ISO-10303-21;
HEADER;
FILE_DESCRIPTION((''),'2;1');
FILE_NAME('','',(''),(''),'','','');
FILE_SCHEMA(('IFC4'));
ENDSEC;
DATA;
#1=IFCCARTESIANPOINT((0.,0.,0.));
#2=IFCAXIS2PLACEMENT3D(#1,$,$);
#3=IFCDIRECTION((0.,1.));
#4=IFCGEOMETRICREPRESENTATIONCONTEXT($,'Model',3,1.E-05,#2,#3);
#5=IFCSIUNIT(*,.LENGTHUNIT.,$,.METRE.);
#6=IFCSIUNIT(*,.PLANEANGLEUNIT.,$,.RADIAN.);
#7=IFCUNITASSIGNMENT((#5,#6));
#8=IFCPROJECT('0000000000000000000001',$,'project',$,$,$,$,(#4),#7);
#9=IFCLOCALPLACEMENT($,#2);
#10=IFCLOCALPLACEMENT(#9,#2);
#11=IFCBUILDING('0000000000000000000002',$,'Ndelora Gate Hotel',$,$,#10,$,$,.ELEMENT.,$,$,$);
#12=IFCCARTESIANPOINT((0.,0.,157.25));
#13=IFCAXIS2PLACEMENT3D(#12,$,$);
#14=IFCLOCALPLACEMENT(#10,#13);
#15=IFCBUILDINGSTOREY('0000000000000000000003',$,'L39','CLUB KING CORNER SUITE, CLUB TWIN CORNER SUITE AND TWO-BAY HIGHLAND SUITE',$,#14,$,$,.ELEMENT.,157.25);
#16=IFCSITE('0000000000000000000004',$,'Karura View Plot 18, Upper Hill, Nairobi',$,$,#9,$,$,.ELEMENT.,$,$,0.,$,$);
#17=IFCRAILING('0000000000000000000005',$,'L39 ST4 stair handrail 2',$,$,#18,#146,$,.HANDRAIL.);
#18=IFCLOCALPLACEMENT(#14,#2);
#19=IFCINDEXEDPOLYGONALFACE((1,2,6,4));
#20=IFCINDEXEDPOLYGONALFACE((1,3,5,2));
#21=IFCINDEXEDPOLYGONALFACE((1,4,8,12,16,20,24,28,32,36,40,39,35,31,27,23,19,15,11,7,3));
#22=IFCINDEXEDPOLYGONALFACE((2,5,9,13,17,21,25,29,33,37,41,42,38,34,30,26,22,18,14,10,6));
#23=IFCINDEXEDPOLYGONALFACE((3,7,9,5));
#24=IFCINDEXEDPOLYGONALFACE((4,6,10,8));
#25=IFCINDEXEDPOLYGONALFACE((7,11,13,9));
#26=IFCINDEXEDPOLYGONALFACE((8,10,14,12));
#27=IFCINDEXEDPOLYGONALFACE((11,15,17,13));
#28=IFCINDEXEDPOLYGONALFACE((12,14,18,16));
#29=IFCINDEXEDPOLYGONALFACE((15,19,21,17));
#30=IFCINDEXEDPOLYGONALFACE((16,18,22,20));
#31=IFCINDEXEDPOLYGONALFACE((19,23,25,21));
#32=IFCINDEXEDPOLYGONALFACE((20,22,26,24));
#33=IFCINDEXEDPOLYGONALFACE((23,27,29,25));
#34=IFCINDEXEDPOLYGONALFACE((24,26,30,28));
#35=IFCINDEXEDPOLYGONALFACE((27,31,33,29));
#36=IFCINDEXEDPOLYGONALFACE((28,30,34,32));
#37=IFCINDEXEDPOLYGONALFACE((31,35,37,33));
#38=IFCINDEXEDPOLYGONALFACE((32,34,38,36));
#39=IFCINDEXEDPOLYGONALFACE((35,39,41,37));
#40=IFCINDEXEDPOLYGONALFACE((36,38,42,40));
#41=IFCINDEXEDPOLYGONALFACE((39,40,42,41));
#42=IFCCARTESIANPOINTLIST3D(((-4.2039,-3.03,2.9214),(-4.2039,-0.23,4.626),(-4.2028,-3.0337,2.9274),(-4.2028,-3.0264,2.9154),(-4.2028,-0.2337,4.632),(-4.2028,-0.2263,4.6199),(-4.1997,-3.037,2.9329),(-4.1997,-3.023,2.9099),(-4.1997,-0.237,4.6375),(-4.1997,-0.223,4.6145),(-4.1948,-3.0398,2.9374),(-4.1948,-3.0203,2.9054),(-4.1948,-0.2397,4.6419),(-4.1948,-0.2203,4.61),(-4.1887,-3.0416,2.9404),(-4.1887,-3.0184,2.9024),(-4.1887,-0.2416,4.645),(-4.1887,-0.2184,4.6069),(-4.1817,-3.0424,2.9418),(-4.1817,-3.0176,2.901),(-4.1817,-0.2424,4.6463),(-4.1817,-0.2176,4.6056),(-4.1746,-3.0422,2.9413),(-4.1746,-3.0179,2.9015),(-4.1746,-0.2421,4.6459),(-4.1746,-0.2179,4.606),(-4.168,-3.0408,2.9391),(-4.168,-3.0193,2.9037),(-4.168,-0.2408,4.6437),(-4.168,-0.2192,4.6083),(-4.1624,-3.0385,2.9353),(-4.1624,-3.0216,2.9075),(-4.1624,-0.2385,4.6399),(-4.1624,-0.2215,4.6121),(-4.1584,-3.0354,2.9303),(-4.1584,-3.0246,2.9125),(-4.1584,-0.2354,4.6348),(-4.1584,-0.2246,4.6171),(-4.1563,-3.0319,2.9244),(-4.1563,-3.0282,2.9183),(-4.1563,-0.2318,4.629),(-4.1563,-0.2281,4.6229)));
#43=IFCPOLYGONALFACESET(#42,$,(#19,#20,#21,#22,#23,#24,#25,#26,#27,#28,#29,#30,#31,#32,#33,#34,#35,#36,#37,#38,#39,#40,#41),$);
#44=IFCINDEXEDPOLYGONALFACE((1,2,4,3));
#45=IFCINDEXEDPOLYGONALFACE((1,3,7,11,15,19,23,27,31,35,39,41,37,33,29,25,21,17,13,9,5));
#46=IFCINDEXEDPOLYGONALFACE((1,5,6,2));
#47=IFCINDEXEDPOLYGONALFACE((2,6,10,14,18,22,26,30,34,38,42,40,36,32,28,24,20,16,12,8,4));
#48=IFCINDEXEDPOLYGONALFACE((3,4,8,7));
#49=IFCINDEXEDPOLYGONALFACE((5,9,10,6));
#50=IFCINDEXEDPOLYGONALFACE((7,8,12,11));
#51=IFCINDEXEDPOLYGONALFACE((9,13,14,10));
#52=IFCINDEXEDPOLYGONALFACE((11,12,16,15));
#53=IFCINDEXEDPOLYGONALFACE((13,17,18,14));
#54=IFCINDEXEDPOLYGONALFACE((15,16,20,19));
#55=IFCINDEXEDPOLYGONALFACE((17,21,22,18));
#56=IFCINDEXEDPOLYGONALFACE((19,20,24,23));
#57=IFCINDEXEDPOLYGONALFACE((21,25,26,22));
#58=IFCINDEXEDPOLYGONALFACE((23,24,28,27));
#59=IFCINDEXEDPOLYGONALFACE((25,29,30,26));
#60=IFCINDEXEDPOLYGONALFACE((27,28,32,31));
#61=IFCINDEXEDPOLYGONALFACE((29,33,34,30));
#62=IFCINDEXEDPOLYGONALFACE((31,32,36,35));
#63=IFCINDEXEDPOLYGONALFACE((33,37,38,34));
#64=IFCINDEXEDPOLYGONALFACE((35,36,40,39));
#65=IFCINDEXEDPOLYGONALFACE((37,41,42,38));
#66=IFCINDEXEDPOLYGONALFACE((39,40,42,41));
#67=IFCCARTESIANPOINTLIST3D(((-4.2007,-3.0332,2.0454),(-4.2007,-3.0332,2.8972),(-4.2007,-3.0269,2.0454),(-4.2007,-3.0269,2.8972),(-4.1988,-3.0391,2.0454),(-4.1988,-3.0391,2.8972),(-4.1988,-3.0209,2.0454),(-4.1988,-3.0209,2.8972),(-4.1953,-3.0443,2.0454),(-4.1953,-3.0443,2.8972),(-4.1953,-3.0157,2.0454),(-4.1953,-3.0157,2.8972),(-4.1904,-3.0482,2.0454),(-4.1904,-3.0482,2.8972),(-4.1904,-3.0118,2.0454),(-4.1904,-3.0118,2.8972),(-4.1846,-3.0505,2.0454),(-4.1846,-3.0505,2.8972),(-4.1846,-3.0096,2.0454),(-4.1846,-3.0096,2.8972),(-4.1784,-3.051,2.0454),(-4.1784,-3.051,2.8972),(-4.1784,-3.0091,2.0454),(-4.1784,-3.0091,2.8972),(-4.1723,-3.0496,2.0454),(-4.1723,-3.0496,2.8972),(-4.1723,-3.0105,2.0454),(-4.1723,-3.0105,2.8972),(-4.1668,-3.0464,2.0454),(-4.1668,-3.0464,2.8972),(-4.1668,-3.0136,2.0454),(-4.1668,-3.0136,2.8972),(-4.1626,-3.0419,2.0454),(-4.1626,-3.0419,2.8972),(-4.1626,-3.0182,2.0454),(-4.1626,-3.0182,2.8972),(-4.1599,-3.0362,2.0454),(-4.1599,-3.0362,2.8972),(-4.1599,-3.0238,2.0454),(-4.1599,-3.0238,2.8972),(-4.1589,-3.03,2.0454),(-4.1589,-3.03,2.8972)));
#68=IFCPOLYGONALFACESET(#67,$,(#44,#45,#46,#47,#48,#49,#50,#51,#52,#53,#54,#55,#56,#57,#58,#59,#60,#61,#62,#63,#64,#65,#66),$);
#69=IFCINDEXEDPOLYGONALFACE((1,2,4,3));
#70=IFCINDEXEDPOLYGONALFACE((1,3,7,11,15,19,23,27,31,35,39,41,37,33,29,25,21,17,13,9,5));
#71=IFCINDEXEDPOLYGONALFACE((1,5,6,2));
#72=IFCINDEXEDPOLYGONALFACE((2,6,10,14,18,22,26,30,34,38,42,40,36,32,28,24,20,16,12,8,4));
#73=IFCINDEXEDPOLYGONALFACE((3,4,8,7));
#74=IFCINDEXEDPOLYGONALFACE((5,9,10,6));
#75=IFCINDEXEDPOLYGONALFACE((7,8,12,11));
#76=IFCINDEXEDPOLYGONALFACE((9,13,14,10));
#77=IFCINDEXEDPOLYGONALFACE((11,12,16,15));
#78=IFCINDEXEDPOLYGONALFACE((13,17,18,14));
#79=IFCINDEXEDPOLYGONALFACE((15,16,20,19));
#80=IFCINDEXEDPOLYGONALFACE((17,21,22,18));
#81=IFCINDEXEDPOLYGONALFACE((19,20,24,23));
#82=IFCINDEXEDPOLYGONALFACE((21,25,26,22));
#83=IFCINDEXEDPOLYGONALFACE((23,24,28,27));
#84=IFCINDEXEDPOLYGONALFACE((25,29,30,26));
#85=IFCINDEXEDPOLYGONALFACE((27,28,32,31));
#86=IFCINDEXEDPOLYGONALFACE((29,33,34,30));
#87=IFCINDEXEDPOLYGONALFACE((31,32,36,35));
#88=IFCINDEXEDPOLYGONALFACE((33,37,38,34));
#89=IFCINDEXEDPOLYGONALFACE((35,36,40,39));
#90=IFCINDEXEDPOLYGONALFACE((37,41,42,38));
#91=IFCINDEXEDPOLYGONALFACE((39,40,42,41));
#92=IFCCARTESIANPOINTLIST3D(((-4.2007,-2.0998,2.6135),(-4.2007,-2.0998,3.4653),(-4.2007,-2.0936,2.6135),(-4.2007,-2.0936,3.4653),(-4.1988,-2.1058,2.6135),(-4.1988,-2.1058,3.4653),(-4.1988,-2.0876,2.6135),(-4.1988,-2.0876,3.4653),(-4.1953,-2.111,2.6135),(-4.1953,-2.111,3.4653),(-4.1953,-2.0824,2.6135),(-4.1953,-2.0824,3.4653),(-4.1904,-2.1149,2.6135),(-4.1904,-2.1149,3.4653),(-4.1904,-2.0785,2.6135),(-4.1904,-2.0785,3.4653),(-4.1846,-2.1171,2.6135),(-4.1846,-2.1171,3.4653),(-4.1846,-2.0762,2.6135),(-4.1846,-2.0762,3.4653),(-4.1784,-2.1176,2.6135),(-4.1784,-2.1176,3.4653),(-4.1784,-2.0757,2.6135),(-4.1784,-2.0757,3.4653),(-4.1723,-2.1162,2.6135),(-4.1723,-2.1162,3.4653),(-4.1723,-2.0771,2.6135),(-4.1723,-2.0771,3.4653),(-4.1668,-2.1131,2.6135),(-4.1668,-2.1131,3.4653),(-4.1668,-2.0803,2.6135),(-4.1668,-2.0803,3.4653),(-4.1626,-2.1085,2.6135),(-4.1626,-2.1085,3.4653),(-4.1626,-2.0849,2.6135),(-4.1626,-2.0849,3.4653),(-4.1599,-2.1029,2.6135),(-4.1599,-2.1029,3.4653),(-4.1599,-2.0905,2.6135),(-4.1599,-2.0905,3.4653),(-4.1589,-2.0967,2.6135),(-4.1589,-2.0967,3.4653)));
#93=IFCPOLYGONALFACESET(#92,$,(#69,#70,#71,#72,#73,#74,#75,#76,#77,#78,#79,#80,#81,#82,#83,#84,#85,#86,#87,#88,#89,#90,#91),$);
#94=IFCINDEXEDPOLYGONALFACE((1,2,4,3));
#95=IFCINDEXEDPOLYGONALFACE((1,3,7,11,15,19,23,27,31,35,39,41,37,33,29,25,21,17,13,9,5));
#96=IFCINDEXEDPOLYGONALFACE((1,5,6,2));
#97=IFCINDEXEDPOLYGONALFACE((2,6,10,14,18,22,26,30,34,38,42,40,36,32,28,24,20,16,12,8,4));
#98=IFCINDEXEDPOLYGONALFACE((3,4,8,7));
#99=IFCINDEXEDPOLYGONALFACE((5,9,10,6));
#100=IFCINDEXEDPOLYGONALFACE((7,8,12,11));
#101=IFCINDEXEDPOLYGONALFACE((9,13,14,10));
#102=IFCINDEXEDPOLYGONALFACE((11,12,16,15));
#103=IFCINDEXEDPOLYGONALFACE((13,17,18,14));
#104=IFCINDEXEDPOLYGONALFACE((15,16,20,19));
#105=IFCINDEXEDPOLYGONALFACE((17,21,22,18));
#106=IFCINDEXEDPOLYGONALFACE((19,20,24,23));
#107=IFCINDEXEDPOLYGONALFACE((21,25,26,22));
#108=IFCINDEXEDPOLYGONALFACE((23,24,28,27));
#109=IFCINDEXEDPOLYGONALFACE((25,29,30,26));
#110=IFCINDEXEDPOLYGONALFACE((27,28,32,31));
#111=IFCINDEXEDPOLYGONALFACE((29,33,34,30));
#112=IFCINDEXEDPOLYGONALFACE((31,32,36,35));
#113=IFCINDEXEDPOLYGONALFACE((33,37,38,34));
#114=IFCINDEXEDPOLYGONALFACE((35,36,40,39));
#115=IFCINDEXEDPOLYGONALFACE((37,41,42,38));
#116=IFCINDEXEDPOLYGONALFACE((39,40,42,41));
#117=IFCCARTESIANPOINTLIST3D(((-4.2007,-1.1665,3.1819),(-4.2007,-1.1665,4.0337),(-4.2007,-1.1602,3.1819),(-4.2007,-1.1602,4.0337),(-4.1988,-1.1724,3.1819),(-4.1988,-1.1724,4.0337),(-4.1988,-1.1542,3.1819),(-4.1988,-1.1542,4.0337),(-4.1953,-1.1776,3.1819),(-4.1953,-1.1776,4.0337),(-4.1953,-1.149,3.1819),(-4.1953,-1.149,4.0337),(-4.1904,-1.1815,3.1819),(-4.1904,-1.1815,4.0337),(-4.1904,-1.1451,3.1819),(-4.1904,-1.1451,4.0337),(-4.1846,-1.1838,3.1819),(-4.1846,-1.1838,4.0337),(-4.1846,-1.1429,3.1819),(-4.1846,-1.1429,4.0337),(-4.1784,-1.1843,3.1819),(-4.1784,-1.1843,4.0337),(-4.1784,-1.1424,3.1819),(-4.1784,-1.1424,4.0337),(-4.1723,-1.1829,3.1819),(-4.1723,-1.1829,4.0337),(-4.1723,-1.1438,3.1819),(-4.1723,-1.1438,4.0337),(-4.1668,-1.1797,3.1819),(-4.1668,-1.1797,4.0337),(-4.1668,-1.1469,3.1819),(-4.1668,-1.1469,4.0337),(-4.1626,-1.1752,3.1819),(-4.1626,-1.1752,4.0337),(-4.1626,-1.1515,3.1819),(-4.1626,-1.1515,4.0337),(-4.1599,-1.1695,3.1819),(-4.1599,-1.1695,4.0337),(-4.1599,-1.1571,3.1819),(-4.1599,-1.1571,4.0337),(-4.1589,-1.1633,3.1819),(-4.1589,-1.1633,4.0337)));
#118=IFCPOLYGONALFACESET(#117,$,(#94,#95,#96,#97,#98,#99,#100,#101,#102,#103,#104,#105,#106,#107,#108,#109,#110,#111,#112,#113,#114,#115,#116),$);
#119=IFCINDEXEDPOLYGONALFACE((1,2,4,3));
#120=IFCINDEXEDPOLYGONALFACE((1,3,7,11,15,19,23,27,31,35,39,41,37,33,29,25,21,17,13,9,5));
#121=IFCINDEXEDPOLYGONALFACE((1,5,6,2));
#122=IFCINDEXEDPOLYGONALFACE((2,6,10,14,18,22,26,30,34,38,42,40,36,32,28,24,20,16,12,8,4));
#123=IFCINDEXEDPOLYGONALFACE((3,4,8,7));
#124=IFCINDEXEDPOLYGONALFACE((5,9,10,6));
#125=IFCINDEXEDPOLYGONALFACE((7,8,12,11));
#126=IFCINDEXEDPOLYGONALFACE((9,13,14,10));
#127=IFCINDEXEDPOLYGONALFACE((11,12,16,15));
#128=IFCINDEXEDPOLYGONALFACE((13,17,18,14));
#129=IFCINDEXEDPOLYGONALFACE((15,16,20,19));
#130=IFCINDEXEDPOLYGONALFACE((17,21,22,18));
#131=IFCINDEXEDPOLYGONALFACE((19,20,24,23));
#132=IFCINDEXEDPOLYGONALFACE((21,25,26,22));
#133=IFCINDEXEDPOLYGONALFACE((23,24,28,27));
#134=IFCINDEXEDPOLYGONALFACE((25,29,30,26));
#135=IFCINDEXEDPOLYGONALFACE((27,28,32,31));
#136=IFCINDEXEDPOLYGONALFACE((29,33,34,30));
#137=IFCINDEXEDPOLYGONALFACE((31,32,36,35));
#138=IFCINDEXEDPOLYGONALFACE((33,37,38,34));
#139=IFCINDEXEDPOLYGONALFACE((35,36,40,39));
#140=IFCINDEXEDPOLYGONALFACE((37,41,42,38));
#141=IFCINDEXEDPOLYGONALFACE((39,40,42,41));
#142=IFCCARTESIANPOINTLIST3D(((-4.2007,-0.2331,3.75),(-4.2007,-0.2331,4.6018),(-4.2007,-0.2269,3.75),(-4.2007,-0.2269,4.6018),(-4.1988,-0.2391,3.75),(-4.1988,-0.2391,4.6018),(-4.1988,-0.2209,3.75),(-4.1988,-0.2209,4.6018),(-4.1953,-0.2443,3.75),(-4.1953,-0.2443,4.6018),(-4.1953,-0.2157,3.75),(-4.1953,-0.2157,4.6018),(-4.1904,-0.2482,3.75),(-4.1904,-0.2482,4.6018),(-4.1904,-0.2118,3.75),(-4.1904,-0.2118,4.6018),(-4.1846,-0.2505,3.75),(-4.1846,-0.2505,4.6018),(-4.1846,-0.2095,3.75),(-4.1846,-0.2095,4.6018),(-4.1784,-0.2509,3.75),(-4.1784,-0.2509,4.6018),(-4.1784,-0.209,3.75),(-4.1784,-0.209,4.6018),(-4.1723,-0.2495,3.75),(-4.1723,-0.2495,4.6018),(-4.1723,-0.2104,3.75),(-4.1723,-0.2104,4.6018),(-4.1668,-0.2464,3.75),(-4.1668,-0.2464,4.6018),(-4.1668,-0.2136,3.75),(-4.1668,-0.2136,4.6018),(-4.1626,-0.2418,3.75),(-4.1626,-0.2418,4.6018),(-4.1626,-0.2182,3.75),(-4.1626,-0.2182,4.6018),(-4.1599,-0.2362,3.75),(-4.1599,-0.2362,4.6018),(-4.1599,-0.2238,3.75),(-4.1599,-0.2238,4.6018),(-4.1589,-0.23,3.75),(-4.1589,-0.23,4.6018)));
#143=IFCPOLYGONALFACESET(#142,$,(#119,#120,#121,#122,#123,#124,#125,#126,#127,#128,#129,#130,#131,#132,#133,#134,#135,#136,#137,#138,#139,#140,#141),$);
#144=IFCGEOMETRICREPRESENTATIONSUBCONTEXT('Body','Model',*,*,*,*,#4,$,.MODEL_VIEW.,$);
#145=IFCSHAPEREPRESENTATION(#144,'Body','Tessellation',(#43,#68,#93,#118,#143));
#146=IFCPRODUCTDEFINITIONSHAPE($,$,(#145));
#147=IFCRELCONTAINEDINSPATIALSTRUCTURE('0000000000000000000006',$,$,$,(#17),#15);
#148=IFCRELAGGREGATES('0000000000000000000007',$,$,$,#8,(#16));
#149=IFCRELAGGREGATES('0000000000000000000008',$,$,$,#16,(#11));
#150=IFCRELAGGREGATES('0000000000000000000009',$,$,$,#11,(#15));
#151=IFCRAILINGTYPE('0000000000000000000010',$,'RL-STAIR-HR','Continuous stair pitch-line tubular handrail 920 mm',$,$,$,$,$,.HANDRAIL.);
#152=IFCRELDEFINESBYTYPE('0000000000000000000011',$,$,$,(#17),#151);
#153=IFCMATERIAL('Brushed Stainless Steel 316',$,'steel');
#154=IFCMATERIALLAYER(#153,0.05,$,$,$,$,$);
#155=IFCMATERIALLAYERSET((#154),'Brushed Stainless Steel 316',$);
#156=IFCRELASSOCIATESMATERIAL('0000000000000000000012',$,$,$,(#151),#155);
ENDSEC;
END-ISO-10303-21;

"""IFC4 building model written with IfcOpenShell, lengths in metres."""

from ifc_helpers import new_model, si_unit, direction, frame, origin, origin_2d, place, context, subcontext, project, spatial, circle, extrude, material, layer, layer_set, type_object, element, save


model = new_model("IFC4")

# Units and contexts
model_context = context("Model", 3, precision=1e-05, world=origin(), true_north=direction((0.0, 1.0)))
body_context = subcontext(model_context, "Body", "Model", "MODEL_VIEW")
ifc_project = project(units=[si_unit("LENGTHUNIT", "METRE"), si_unit("PLANEANGLEUNIT", "RADIAN")], contexts=[model_context])

# Site, building, storey
site_placement = place(None, origin())
site = spatial("IfcSite", under=ifc_project, at=site_placement, Name="Karura View Plot 18, Upper Hill, Nairobi", CompositionType="ELEMENT", RefElevation=0.0)
building_placement = place(site_placement, origin())
building = spatial("IfcBuilding", under=site, at=building_placement, Name="Ndelora Gate Hotel", CompositionType="ELEMENT")
storey_placement = place(building_placement, frame((0.0, 0.0, 157.25)))
storey = spatial("IfcBuildingStorey", under=building, at=storey_placement, Name="L39", Description="CLUB KING CORNER SUITE, CLUB TWIN CORNER SUITE AND TWO-BAY HIGHLAND SUITE", CompositionType="ELEMENT", Elevation=157.25)

# Railing
ifc_material_1 = material(Name="Brushed Stainless Steel 316", Category="steel")
ifc_layer_1 = layer(ifc_material_1, 0.05)
ifc_layer_set_1 = layer_set([ifc_layer_1], Name="Brushed Stainless Steel 316")
railing_type_1 = type_object("IfcRailingType", Name="RL-STAIR-HR", Description="Continuous stair pitch-line tubular handrail 920 mm", PredefinedType="HANDRAIL", material=ifc_layer_set_1)
railing_1_placement = place(storey_placement, frame((-4.1799, -3.03, 2.0454)))
element("IfcRailing", 1, at=railing_1_placement, inside=storey, type_object=railing_type_1, Name="L39 ST4 stair handrail 2", PredefinedType="HANDRAIL", context=body_context, shape_type="SweptSolid", body=[
    extrude(circle(Radius=0.0239, at=origin_2d()), frame((0.0, 0.0, 0.876), z_axis=(0.0, 0.85417, 0.519994), x_axis=(-1.0, 0.0, 0.0)), (0.0, 0.0, 1.0), 3.2781),
    extrude(circle(Radius=0.021, at=origin_2d()), origin(), (0.0, 0.0, 1.0), 0.8518),
    extrude(circle(Radius=0.021, at=origin_2d()), frame((0.0, 0.9333, 0.5681)), (0.0, 0.0, 1.0), 0.8518),
    extrude(circle(Radius=0.021, at=origin_2d()), frame((0.0, 1.8667, 1.1365)), (0.0, 0.0, 1.0), 0.8518),
    extrude(circle(Radius=0.021, at=origin_2d()), frame((0.0, 2.8, 1.7046)), (0.0, 0.0, 1.0), 0.8518),
])

save(model, "model.ifc")
